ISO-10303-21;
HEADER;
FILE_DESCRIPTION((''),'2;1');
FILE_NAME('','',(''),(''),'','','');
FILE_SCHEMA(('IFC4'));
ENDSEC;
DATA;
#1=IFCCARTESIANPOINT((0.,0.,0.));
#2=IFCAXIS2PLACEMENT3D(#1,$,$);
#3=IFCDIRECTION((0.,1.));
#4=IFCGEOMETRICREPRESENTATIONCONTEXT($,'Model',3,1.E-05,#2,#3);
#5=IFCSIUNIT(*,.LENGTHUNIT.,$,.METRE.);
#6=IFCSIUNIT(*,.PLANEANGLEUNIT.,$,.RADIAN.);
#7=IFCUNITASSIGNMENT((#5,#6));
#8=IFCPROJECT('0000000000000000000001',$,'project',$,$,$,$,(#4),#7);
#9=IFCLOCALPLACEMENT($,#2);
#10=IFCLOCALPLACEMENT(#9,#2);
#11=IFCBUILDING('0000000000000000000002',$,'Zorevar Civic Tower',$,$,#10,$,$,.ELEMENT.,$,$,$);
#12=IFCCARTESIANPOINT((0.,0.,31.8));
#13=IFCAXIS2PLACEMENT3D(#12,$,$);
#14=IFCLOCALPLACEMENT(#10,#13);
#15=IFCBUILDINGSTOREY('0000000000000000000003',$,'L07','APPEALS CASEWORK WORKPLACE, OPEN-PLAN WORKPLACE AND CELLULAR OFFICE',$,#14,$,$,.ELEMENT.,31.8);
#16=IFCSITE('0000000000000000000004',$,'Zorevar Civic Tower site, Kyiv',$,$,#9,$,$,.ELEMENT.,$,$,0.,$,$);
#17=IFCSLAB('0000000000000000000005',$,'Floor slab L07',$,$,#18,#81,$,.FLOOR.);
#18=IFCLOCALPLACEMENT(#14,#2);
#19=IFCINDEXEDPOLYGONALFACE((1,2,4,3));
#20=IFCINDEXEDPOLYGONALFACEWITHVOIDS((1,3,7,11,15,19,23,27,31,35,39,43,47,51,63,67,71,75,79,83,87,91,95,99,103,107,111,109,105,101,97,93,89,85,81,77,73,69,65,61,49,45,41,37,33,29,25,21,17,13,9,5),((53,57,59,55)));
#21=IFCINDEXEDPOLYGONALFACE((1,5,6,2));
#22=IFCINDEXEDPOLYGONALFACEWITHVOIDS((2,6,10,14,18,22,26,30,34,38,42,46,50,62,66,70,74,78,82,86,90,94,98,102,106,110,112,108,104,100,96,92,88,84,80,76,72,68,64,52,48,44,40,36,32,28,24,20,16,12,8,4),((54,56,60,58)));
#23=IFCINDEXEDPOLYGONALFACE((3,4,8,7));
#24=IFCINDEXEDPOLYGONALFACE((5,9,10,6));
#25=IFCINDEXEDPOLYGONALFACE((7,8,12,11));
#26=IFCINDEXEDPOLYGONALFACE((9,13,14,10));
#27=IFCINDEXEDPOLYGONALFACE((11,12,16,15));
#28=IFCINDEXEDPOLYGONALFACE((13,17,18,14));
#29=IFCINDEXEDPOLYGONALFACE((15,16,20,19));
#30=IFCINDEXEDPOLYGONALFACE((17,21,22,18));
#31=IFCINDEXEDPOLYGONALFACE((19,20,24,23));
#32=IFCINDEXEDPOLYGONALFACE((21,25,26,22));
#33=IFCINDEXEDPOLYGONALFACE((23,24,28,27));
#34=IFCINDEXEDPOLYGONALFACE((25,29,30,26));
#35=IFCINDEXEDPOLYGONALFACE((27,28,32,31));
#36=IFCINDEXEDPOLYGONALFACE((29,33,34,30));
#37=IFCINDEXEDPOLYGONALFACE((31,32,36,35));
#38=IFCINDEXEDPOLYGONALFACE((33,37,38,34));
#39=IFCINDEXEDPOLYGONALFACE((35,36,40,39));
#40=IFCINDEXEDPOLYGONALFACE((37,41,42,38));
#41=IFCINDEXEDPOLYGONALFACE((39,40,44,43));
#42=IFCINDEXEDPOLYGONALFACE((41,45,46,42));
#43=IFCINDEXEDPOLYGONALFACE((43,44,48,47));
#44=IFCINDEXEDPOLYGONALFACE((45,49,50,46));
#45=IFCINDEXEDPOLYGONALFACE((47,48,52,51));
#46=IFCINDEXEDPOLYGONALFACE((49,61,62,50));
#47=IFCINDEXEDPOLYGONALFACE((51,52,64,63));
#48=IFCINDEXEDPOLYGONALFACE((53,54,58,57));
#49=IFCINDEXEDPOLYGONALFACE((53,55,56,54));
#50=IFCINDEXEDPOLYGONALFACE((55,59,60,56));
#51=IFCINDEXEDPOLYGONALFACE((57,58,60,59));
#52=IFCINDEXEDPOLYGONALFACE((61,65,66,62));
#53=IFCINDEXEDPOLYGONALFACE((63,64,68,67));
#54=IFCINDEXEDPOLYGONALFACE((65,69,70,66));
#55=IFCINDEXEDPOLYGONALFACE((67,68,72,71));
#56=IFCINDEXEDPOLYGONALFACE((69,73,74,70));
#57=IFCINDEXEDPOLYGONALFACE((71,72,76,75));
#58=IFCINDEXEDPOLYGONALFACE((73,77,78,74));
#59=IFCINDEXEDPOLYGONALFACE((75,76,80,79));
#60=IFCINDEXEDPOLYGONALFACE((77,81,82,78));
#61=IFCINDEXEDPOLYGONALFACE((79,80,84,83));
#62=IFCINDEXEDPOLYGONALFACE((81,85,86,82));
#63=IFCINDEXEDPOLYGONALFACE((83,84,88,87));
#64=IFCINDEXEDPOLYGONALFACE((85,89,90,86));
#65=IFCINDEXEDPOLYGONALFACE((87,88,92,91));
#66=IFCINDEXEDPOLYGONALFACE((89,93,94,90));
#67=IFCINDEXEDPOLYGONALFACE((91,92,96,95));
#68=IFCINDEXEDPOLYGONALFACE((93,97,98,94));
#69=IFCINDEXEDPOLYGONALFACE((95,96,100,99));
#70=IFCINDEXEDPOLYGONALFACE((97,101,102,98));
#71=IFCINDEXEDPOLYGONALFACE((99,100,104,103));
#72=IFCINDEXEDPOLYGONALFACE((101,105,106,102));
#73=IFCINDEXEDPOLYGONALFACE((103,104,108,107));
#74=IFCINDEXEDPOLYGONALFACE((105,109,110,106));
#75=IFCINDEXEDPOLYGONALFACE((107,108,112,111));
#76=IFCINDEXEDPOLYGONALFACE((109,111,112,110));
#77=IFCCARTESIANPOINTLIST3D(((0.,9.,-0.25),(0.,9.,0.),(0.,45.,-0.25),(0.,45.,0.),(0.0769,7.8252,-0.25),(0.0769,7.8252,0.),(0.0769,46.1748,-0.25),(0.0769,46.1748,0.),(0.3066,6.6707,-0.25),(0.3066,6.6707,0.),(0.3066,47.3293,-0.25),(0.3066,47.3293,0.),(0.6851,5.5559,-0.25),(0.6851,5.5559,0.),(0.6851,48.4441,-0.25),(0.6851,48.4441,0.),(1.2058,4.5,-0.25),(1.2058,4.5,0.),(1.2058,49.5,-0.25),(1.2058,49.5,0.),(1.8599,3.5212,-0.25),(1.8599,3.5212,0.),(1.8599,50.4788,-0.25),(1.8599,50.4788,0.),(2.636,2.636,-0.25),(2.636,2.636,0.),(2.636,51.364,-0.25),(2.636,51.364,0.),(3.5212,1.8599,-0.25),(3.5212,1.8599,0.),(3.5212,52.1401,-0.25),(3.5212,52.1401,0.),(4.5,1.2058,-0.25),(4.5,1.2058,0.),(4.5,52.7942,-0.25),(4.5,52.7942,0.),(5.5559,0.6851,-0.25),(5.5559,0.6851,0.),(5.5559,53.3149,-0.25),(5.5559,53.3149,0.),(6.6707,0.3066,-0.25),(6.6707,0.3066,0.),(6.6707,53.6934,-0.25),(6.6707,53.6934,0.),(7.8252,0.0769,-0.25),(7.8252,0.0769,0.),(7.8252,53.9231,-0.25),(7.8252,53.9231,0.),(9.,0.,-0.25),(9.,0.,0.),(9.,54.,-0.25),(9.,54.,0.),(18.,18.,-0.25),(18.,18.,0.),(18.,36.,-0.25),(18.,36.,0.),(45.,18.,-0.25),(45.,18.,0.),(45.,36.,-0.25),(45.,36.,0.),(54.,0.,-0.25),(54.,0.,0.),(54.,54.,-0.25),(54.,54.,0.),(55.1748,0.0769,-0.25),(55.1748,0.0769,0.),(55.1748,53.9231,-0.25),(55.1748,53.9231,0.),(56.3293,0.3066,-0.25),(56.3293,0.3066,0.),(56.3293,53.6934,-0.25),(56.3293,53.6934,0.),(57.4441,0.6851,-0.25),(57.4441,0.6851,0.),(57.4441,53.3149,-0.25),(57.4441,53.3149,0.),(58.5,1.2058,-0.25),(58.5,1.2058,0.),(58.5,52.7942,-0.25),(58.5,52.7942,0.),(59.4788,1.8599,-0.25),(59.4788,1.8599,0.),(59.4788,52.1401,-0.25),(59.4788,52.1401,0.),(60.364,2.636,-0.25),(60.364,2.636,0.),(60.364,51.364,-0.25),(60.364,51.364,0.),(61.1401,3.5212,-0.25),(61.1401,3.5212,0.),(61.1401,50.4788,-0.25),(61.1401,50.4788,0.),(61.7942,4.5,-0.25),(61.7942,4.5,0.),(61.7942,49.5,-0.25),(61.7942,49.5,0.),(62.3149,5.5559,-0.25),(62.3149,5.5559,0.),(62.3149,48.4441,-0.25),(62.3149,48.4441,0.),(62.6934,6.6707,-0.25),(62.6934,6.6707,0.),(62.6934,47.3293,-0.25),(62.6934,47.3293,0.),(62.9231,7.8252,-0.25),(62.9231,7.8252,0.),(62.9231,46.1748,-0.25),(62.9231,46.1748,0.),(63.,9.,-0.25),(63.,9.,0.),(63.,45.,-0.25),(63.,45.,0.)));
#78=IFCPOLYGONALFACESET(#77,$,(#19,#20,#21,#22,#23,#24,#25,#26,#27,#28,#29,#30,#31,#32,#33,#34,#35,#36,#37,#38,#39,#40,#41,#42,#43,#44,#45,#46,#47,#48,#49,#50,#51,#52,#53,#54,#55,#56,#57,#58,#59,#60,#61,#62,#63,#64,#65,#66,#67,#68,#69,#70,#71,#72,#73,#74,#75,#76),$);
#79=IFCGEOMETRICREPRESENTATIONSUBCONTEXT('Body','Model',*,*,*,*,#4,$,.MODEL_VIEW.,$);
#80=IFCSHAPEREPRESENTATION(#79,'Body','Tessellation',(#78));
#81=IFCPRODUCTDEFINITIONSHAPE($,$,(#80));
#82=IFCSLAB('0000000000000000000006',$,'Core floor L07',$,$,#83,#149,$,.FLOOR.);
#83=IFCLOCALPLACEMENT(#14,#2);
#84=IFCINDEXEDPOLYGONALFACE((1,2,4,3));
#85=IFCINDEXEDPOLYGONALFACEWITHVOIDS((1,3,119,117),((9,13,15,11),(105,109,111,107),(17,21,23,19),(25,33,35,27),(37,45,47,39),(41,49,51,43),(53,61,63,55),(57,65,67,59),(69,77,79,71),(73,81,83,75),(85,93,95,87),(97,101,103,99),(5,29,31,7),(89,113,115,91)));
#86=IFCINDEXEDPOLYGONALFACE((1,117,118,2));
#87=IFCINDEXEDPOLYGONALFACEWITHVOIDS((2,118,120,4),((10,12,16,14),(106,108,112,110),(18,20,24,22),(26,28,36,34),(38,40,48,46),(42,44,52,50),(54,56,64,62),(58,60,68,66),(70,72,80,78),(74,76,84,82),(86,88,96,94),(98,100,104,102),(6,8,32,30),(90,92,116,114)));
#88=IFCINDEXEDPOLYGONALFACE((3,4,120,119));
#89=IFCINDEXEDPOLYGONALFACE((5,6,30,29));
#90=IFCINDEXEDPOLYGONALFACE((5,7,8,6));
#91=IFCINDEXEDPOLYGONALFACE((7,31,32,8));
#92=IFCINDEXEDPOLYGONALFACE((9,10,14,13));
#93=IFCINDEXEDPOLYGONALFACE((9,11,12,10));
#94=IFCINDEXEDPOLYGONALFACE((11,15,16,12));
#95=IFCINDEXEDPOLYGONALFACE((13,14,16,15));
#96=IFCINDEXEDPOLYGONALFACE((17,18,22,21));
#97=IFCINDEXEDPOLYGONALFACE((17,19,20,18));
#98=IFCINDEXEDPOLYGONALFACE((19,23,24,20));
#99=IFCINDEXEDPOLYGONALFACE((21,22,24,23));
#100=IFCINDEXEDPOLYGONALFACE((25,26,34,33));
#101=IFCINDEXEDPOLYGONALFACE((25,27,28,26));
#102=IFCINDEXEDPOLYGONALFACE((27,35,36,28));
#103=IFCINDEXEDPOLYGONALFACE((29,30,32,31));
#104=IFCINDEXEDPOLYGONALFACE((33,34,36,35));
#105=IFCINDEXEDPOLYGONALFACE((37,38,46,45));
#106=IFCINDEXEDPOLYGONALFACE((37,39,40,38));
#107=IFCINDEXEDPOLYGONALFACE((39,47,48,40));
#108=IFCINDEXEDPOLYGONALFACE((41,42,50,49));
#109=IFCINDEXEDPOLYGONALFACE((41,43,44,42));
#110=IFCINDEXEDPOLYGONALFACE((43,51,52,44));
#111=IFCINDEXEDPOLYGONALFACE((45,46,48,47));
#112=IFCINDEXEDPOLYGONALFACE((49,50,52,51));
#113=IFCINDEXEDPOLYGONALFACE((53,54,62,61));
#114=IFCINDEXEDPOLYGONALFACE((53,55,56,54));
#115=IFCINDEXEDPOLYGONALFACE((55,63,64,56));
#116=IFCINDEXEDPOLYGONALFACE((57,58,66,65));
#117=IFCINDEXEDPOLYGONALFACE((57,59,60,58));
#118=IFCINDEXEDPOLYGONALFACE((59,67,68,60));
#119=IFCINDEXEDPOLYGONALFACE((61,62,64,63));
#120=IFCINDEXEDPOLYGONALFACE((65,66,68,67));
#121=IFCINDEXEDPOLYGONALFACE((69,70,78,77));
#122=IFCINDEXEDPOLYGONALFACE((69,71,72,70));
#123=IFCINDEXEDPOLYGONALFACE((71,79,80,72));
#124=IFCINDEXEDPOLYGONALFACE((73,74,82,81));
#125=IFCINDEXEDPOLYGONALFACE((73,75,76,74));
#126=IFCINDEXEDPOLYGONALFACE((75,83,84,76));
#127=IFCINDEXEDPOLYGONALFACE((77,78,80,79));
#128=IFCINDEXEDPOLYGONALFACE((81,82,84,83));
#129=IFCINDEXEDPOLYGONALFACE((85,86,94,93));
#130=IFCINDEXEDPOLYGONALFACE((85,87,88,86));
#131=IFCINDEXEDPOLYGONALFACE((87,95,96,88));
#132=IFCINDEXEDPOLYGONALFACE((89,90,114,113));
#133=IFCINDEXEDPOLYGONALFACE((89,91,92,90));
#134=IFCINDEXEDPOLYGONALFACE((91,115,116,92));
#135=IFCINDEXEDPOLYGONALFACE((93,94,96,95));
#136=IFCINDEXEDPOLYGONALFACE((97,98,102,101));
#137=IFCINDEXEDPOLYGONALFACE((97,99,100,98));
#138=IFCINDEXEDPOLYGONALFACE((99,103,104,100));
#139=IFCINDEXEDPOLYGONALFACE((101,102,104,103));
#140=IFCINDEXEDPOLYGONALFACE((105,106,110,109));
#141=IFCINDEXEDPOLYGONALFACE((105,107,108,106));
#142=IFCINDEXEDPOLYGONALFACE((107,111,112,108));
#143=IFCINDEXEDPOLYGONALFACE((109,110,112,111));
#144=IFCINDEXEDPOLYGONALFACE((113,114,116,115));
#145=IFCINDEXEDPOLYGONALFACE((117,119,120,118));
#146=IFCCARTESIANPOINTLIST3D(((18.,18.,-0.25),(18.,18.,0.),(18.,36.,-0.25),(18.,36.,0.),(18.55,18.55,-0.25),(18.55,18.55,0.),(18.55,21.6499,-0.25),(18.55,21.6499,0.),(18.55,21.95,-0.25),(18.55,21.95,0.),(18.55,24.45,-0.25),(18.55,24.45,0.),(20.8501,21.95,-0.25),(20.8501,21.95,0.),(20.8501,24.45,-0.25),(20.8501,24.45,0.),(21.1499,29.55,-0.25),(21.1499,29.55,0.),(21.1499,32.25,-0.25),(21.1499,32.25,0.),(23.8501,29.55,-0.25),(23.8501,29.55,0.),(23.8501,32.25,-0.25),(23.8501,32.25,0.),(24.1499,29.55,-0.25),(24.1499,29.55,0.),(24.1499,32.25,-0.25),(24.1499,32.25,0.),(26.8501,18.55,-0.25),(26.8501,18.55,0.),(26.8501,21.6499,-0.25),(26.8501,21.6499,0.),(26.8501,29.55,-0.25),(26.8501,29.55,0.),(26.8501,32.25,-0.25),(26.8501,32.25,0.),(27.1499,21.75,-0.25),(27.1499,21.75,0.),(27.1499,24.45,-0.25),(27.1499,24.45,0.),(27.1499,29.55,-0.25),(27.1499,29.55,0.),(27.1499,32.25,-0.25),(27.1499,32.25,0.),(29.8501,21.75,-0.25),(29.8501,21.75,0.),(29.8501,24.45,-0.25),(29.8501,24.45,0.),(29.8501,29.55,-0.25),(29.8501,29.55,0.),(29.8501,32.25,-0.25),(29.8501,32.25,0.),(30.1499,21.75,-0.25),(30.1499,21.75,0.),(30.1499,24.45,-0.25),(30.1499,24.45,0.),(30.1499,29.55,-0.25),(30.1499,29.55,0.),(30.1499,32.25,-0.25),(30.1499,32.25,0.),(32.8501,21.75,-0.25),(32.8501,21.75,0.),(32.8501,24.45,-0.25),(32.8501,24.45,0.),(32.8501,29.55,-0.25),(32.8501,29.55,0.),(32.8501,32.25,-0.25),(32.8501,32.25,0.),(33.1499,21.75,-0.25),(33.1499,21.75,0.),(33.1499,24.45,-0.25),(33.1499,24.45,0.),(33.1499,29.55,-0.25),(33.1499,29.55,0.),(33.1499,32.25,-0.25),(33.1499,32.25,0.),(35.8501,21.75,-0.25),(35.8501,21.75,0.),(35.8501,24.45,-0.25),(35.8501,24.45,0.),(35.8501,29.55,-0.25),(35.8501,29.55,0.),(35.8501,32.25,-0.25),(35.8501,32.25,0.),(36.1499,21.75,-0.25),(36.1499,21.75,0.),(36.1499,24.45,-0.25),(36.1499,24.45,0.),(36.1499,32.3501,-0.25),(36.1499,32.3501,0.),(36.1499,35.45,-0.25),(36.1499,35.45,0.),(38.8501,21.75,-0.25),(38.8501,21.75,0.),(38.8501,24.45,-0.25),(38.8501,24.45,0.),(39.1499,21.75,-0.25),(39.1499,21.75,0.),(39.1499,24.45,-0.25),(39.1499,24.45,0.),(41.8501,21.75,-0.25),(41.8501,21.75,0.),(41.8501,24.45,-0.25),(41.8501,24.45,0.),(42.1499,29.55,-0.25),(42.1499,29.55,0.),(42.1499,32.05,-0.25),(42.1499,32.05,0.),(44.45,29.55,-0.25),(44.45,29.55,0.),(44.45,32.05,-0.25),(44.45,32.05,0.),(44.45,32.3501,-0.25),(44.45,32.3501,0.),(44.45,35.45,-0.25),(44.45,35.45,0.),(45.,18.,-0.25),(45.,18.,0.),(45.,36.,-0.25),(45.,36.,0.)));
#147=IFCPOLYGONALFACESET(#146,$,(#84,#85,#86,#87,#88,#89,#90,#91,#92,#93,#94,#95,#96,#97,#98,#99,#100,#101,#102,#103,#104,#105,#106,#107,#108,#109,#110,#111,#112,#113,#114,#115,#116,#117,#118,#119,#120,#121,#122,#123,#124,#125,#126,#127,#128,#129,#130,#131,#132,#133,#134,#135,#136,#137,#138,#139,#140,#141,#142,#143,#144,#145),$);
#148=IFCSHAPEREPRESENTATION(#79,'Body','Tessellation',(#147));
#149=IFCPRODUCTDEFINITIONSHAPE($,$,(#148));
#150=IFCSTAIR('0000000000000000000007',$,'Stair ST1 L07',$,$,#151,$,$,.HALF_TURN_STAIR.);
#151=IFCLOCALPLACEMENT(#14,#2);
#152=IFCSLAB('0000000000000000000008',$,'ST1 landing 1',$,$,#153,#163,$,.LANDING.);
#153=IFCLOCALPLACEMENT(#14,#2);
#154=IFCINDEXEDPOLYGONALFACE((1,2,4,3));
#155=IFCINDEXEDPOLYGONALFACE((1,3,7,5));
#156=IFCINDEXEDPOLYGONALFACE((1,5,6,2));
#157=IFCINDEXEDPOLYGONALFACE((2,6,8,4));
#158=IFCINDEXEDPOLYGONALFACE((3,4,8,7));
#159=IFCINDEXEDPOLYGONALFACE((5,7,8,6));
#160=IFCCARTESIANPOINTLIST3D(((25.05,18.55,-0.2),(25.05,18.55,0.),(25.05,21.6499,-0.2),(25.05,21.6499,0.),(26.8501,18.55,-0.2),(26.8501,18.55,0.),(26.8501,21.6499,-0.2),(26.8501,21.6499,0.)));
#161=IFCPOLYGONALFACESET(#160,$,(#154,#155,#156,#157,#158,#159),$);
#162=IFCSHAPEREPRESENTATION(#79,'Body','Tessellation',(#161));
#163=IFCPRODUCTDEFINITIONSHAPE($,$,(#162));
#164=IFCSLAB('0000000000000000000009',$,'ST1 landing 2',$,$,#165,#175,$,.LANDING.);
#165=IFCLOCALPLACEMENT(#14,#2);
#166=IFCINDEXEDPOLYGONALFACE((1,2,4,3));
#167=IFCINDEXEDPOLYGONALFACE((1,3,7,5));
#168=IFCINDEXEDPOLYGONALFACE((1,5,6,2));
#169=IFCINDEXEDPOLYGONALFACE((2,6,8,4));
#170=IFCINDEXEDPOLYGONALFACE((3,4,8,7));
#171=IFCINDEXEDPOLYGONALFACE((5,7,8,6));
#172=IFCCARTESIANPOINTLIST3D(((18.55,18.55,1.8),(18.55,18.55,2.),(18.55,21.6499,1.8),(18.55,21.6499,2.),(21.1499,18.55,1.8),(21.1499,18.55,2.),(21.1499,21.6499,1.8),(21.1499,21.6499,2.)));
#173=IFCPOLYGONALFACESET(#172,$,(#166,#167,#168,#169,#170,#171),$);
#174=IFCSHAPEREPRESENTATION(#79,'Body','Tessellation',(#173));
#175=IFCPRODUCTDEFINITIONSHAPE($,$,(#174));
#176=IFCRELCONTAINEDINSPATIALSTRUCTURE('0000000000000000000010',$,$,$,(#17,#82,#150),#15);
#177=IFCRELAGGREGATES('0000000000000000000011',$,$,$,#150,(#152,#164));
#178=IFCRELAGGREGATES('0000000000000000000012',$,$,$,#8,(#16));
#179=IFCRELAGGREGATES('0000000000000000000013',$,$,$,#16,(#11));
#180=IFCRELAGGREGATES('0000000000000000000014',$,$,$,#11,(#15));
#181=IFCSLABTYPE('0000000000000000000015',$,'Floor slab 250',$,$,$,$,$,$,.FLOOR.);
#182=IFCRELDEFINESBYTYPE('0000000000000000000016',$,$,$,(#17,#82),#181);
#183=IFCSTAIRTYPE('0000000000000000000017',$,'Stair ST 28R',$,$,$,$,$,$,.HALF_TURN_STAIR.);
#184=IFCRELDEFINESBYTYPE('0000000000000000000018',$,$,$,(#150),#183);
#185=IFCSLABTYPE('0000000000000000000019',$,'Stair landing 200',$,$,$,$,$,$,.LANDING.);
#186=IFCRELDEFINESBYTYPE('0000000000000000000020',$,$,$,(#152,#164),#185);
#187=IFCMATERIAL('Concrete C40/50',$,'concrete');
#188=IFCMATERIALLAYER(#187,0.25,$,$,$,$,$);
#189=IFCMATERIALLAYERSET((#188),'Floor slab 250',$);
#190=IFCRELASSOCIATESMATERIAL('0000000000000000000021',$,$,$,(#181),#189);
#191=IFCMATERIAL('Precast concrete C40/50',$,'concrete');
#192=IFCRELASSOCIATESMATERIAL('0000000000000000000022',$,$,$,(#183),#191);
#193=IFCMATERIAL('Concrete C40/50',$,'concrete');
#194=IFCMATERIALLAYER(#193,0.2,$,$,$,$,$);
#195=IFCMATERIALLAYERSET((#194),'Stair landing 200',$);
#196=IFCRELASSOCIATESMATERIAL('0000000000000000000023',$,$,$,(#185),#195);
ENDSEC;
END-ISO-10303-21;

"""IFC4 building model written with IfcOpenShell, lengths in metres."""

from ifc_helpers import new_model, si_unit, direction, frame, origin, place, context, subcontext, project, spatial, polyline, outline, extrude, material, layer, layer_set, type_object, element, aggregate, save


model = new_model("IFC4")

# Units and contexts
model_context = context("Model", 3, precision=1e-05, world=origin(), true_north=direction((0.0, 1.0)))
body_context = subcontext(model_context, "Body", "Model", "MODEL_VIEW")
ifc_project = project(units=[si_unit("LENGTHUNIT", "METRE"), si_unit("PLANEANGLEUNIT", "RADIAN")], contexts=[model_context])

# Site, building, storey
site_placement = place(None, origin())
site = spatial("IfcSite", under=ifc_project, at=site_placement, Name="Zorevar Civic Tower site, Kyiv", CompositionType="ELEMENT", RefElevation=0.0)
building_placement = place(site_placement, origin())
building = spatial("IfcBuilding", under=site, at=building_placement, Name="Zorevar Civic Tower", CompositionType="ELEMENT")
storey_placement = place(building_placement, frame((0.0, 0.0, 31.8)))
storey = spatial("IfcBuildingStorey", under=building, at=storey_placement, Name="L07", Description="APPEALS CASEWORK WORKPLACE, OPEN-PLAN WORKPLACE AND CELLULAR OFFICE", CompositionType="ELEMENT", Elevation=31.8)

# Slabs
ifc_material_1 = material(Name="Concrete C40/50", Category="concrete")
ifc_layer_1 = layer(ifc_material_1, 0.25)
ifc_layer_set_1 = layer_set([ifc_layer_1], Name="Floor slab 250")
slab_type_1 = type_object("IfcSlabType", Name="Floor slab 250", PredefinedType="FLOOR", material=ifc_layer_set_1)
slab_1_placement = place(storey_placement, frame((0.0, 0.0, -0.25)))
element("IfcSlab", 1, at=slab_1_placement, inside=storey, type_object=slab_type_1, Name="Floor slab L07", PredefinedType="FLOOR", context=body_context, shape_type="SweptSolid", body=[
    extrude(outline(polyline([(54.0, 0.0), (55.1748, 0.0769), (56.3293, 0.3066), (57.4441, 0.6851), (58.5, 1.2058), (59.4788, 1.8599), (60.364, 2.636), (61.1401, 3.5212), (61.7942, 4.5), (62.3149, 5.5559), (62.6934, 6.6707), (62.9231, 7.8252), (63.0, 9.0), (63.0, 45.0), (62.9231, 46.1748), (62.6934, 47.3293), (62.3149, 48.4441), (61.7942, 49.5), (61.1401, 50.4788), (60.364, 51.364), (59.4788, 52.1401), (58.5, 52.7942), (57.4441, 53.3149), (56.3293, 53.6934), (55.1748, 53.9231), (54.0, 54.0), (9.0, 54.0), (7.8252, 53.9231), (6.6707, 53.6934), (5.5559, 53.3149), (4.5, 52.7942), (3.5212, 52.1401), (2.636, 51.364), (1.8599, 50.4788), (1.2058, 49.5), (0.6851, 48.4441), (0.3066, 47.3293), (0.0769, 46.1748), (0.0, 45.0), (0.0, 9.0), (0.0769, 7.8252), (0.3066, 6.6707), (0.6851, 5.5559), (1.2058, 4.5), (1.8599, 3.5212), (2.636, 2.636), (3.5212, 1.8599), (4.5, 1.2058), (5.5559, 0.6851), (6.6707, 0.3066), (7.8252, 0.0769), (9.0, 0.0), (54.0, 0.0)]), holes=[polyline([(18.0, 18.0), (45.0, 18.0), (45.0, 36.0), (18.0, 36.0), (18.0, 18.0)])]), origin(), (0.0, 0.0, 1.0), 0.25),
])
slab_2_placement = place(storey_placement, frame((0.0, 0.0, -0.25)))
element("IfcSlab", 2, at=slab_2_placement, inside=storey, type_object=slab_type_1, Name="Core floor L07", PredefinedType="FLOOR", context=body_context, shape_type="SweptSolid", body=[
    extrude(outline(polyline([(18.0, 18.0), (45.0, 18.0), (45.0, 36.0), (18.0, 36.0), (18.0, 18.0)]), holes=[polyline([(18.55, 18.55), (26.8501, 18.55), (26.8501, 21.6499), (18.55, 21.6499), (18.55, 18.55)]), polyline([(36.1499, 32.3501), (44.45, 32.3501), (44.45, 35.45), (36.1499, 35.45), (36.1499, 32.3501)]), polyline([(18.55, 21.95), (20.8501, 21.95), (20.8501, 24.45), (18.55, 24.45), (18.55, 21.95)]), polyline([(42.1499, 29.55), (44.45, 29.55), (44.45, 32.05), (42.1499, 32.05), (42.1499, 29.55)]), polyline([(27.1499, 21.75), (29.8501, 21.75), (29.8501, 24.45), (27.1499, 24.45), (27.1499, 21.75)]), polyline([(33.1499, 29.55), (35.8501, 29.55), (35.8501, 32.25), (33.1499, 32.25), (33.1499, 29.55)]), polyline([(30.1499, 21.75), (32.8501, 21.75), (32.8501, 24.45), (30.1499, 24.45), (30.1499, 21.75)]), polyline([(30.1499, 29.55), (32.8501, 29.55), (32.8501, 32.25), (30.1499, 32.25), (30.1499, 29.55)]), polyline([(33.1499, 21.75), (35.8501, 21.75), (35.8501, 24.45), (33.1499, 24.45), (33.1499, 21.75)]), polyline([(27.1499, 29.55), (29.8501, 29.55), (29.8501, 32.25), (27.1499, 32.25), (27.1499, 29.55)]), polyline([(36.1499, 21.75), (38.8501, 21.75), (38.8501, 24.45), (36.1499, 24.45), (36.1499, 21.75)]), polyline([(24.1499, 29.55), (26.8501, 29.55), (26.8501, 32.25), (24.1499, 32.25), (24.1499, 29.55)]), polyline([(39.1499, 21.75), (41.8501, 21.75), (41.8501, 24.45), (39.1499, 24.45), (39.1499, 21.75)]), polyline([(21.1499, 29.55), (23.8501, 29.55), (23.8501, 32.25), (21.1499, 32.25), (21.1499, 29.55)])]), origin(), (0.0, 0.0, 1.0), 0.25),
])

# Stair, slabs
ifc_material_2 = material(Name="Precast concrete C40/50", Category="concrete")
stair_type = type_object("IfcStairType", Name="Stair ST 28R", PredefinedType="HALF_TURN_STAIR", material=ifc_material_2)
stair_1_placement = place(storey_placement, origin())
stair_1 = element("IfcStair", 3, at=stair_1_placement, inside=storey, type_object=stair_type, Name="Stair ST1 L07", PredefinedType="HALF_TURN_STAIR")
ifc_material_3 = material(Name="Concrete C40/50", Category="concrete")
ifc_layer_2 = layer(ifc_material_3, 0.2)
ifc_layer_set_2 = layer_set([ifc_layer_2], Name="Stair landing 200")
slab_type_2 = type_object("IfcSlabType", Name="Stair landing 200", PredefinedType="LANDING", material=ifc_layer_set_2)
slab_3_placement = place(storey_placement, frame((0.0, 0.0, -0.2)))
slab_3 = element("IfcSlab", 4, at=slab_3_placement, type_object=slab_type_2, Name="ST1 landing 1", PredefinedType="LANDING", context=body_context, shape_type="SweptSolid", body=[
    extrude(outline(polyline([(25.05, 18.55), (26.8501, 18.55), (26.8501, 21.6499), (25.05, 21.6499), (25.05, 18.55)])), origin(), (0.0, 0.0, 1.0), 0.2),
])
slab_4_placement = place(storey_placement, frame((0.0, 0.0, 1.8)))
slab_4 = element("IfcSlab", 5, at=slab_4_placement, type_object=slab_type_2, Name="ST1 landing 2", PredefinedType="LANDING", context=body_context, shape_type="SweptSolid", body=[
    extrude(outline(polyline([(18.55, 18.55), (21.1499, 18.55), (21.1499, 21.6499), (18.55, 21.6499), (18.55, 18.55)])), origin(), (0.0, 0.0, 1.0), 0.2),
])
aggregate(stair_1, [slab_3, slab_4])

save(model, "model.ifc")
